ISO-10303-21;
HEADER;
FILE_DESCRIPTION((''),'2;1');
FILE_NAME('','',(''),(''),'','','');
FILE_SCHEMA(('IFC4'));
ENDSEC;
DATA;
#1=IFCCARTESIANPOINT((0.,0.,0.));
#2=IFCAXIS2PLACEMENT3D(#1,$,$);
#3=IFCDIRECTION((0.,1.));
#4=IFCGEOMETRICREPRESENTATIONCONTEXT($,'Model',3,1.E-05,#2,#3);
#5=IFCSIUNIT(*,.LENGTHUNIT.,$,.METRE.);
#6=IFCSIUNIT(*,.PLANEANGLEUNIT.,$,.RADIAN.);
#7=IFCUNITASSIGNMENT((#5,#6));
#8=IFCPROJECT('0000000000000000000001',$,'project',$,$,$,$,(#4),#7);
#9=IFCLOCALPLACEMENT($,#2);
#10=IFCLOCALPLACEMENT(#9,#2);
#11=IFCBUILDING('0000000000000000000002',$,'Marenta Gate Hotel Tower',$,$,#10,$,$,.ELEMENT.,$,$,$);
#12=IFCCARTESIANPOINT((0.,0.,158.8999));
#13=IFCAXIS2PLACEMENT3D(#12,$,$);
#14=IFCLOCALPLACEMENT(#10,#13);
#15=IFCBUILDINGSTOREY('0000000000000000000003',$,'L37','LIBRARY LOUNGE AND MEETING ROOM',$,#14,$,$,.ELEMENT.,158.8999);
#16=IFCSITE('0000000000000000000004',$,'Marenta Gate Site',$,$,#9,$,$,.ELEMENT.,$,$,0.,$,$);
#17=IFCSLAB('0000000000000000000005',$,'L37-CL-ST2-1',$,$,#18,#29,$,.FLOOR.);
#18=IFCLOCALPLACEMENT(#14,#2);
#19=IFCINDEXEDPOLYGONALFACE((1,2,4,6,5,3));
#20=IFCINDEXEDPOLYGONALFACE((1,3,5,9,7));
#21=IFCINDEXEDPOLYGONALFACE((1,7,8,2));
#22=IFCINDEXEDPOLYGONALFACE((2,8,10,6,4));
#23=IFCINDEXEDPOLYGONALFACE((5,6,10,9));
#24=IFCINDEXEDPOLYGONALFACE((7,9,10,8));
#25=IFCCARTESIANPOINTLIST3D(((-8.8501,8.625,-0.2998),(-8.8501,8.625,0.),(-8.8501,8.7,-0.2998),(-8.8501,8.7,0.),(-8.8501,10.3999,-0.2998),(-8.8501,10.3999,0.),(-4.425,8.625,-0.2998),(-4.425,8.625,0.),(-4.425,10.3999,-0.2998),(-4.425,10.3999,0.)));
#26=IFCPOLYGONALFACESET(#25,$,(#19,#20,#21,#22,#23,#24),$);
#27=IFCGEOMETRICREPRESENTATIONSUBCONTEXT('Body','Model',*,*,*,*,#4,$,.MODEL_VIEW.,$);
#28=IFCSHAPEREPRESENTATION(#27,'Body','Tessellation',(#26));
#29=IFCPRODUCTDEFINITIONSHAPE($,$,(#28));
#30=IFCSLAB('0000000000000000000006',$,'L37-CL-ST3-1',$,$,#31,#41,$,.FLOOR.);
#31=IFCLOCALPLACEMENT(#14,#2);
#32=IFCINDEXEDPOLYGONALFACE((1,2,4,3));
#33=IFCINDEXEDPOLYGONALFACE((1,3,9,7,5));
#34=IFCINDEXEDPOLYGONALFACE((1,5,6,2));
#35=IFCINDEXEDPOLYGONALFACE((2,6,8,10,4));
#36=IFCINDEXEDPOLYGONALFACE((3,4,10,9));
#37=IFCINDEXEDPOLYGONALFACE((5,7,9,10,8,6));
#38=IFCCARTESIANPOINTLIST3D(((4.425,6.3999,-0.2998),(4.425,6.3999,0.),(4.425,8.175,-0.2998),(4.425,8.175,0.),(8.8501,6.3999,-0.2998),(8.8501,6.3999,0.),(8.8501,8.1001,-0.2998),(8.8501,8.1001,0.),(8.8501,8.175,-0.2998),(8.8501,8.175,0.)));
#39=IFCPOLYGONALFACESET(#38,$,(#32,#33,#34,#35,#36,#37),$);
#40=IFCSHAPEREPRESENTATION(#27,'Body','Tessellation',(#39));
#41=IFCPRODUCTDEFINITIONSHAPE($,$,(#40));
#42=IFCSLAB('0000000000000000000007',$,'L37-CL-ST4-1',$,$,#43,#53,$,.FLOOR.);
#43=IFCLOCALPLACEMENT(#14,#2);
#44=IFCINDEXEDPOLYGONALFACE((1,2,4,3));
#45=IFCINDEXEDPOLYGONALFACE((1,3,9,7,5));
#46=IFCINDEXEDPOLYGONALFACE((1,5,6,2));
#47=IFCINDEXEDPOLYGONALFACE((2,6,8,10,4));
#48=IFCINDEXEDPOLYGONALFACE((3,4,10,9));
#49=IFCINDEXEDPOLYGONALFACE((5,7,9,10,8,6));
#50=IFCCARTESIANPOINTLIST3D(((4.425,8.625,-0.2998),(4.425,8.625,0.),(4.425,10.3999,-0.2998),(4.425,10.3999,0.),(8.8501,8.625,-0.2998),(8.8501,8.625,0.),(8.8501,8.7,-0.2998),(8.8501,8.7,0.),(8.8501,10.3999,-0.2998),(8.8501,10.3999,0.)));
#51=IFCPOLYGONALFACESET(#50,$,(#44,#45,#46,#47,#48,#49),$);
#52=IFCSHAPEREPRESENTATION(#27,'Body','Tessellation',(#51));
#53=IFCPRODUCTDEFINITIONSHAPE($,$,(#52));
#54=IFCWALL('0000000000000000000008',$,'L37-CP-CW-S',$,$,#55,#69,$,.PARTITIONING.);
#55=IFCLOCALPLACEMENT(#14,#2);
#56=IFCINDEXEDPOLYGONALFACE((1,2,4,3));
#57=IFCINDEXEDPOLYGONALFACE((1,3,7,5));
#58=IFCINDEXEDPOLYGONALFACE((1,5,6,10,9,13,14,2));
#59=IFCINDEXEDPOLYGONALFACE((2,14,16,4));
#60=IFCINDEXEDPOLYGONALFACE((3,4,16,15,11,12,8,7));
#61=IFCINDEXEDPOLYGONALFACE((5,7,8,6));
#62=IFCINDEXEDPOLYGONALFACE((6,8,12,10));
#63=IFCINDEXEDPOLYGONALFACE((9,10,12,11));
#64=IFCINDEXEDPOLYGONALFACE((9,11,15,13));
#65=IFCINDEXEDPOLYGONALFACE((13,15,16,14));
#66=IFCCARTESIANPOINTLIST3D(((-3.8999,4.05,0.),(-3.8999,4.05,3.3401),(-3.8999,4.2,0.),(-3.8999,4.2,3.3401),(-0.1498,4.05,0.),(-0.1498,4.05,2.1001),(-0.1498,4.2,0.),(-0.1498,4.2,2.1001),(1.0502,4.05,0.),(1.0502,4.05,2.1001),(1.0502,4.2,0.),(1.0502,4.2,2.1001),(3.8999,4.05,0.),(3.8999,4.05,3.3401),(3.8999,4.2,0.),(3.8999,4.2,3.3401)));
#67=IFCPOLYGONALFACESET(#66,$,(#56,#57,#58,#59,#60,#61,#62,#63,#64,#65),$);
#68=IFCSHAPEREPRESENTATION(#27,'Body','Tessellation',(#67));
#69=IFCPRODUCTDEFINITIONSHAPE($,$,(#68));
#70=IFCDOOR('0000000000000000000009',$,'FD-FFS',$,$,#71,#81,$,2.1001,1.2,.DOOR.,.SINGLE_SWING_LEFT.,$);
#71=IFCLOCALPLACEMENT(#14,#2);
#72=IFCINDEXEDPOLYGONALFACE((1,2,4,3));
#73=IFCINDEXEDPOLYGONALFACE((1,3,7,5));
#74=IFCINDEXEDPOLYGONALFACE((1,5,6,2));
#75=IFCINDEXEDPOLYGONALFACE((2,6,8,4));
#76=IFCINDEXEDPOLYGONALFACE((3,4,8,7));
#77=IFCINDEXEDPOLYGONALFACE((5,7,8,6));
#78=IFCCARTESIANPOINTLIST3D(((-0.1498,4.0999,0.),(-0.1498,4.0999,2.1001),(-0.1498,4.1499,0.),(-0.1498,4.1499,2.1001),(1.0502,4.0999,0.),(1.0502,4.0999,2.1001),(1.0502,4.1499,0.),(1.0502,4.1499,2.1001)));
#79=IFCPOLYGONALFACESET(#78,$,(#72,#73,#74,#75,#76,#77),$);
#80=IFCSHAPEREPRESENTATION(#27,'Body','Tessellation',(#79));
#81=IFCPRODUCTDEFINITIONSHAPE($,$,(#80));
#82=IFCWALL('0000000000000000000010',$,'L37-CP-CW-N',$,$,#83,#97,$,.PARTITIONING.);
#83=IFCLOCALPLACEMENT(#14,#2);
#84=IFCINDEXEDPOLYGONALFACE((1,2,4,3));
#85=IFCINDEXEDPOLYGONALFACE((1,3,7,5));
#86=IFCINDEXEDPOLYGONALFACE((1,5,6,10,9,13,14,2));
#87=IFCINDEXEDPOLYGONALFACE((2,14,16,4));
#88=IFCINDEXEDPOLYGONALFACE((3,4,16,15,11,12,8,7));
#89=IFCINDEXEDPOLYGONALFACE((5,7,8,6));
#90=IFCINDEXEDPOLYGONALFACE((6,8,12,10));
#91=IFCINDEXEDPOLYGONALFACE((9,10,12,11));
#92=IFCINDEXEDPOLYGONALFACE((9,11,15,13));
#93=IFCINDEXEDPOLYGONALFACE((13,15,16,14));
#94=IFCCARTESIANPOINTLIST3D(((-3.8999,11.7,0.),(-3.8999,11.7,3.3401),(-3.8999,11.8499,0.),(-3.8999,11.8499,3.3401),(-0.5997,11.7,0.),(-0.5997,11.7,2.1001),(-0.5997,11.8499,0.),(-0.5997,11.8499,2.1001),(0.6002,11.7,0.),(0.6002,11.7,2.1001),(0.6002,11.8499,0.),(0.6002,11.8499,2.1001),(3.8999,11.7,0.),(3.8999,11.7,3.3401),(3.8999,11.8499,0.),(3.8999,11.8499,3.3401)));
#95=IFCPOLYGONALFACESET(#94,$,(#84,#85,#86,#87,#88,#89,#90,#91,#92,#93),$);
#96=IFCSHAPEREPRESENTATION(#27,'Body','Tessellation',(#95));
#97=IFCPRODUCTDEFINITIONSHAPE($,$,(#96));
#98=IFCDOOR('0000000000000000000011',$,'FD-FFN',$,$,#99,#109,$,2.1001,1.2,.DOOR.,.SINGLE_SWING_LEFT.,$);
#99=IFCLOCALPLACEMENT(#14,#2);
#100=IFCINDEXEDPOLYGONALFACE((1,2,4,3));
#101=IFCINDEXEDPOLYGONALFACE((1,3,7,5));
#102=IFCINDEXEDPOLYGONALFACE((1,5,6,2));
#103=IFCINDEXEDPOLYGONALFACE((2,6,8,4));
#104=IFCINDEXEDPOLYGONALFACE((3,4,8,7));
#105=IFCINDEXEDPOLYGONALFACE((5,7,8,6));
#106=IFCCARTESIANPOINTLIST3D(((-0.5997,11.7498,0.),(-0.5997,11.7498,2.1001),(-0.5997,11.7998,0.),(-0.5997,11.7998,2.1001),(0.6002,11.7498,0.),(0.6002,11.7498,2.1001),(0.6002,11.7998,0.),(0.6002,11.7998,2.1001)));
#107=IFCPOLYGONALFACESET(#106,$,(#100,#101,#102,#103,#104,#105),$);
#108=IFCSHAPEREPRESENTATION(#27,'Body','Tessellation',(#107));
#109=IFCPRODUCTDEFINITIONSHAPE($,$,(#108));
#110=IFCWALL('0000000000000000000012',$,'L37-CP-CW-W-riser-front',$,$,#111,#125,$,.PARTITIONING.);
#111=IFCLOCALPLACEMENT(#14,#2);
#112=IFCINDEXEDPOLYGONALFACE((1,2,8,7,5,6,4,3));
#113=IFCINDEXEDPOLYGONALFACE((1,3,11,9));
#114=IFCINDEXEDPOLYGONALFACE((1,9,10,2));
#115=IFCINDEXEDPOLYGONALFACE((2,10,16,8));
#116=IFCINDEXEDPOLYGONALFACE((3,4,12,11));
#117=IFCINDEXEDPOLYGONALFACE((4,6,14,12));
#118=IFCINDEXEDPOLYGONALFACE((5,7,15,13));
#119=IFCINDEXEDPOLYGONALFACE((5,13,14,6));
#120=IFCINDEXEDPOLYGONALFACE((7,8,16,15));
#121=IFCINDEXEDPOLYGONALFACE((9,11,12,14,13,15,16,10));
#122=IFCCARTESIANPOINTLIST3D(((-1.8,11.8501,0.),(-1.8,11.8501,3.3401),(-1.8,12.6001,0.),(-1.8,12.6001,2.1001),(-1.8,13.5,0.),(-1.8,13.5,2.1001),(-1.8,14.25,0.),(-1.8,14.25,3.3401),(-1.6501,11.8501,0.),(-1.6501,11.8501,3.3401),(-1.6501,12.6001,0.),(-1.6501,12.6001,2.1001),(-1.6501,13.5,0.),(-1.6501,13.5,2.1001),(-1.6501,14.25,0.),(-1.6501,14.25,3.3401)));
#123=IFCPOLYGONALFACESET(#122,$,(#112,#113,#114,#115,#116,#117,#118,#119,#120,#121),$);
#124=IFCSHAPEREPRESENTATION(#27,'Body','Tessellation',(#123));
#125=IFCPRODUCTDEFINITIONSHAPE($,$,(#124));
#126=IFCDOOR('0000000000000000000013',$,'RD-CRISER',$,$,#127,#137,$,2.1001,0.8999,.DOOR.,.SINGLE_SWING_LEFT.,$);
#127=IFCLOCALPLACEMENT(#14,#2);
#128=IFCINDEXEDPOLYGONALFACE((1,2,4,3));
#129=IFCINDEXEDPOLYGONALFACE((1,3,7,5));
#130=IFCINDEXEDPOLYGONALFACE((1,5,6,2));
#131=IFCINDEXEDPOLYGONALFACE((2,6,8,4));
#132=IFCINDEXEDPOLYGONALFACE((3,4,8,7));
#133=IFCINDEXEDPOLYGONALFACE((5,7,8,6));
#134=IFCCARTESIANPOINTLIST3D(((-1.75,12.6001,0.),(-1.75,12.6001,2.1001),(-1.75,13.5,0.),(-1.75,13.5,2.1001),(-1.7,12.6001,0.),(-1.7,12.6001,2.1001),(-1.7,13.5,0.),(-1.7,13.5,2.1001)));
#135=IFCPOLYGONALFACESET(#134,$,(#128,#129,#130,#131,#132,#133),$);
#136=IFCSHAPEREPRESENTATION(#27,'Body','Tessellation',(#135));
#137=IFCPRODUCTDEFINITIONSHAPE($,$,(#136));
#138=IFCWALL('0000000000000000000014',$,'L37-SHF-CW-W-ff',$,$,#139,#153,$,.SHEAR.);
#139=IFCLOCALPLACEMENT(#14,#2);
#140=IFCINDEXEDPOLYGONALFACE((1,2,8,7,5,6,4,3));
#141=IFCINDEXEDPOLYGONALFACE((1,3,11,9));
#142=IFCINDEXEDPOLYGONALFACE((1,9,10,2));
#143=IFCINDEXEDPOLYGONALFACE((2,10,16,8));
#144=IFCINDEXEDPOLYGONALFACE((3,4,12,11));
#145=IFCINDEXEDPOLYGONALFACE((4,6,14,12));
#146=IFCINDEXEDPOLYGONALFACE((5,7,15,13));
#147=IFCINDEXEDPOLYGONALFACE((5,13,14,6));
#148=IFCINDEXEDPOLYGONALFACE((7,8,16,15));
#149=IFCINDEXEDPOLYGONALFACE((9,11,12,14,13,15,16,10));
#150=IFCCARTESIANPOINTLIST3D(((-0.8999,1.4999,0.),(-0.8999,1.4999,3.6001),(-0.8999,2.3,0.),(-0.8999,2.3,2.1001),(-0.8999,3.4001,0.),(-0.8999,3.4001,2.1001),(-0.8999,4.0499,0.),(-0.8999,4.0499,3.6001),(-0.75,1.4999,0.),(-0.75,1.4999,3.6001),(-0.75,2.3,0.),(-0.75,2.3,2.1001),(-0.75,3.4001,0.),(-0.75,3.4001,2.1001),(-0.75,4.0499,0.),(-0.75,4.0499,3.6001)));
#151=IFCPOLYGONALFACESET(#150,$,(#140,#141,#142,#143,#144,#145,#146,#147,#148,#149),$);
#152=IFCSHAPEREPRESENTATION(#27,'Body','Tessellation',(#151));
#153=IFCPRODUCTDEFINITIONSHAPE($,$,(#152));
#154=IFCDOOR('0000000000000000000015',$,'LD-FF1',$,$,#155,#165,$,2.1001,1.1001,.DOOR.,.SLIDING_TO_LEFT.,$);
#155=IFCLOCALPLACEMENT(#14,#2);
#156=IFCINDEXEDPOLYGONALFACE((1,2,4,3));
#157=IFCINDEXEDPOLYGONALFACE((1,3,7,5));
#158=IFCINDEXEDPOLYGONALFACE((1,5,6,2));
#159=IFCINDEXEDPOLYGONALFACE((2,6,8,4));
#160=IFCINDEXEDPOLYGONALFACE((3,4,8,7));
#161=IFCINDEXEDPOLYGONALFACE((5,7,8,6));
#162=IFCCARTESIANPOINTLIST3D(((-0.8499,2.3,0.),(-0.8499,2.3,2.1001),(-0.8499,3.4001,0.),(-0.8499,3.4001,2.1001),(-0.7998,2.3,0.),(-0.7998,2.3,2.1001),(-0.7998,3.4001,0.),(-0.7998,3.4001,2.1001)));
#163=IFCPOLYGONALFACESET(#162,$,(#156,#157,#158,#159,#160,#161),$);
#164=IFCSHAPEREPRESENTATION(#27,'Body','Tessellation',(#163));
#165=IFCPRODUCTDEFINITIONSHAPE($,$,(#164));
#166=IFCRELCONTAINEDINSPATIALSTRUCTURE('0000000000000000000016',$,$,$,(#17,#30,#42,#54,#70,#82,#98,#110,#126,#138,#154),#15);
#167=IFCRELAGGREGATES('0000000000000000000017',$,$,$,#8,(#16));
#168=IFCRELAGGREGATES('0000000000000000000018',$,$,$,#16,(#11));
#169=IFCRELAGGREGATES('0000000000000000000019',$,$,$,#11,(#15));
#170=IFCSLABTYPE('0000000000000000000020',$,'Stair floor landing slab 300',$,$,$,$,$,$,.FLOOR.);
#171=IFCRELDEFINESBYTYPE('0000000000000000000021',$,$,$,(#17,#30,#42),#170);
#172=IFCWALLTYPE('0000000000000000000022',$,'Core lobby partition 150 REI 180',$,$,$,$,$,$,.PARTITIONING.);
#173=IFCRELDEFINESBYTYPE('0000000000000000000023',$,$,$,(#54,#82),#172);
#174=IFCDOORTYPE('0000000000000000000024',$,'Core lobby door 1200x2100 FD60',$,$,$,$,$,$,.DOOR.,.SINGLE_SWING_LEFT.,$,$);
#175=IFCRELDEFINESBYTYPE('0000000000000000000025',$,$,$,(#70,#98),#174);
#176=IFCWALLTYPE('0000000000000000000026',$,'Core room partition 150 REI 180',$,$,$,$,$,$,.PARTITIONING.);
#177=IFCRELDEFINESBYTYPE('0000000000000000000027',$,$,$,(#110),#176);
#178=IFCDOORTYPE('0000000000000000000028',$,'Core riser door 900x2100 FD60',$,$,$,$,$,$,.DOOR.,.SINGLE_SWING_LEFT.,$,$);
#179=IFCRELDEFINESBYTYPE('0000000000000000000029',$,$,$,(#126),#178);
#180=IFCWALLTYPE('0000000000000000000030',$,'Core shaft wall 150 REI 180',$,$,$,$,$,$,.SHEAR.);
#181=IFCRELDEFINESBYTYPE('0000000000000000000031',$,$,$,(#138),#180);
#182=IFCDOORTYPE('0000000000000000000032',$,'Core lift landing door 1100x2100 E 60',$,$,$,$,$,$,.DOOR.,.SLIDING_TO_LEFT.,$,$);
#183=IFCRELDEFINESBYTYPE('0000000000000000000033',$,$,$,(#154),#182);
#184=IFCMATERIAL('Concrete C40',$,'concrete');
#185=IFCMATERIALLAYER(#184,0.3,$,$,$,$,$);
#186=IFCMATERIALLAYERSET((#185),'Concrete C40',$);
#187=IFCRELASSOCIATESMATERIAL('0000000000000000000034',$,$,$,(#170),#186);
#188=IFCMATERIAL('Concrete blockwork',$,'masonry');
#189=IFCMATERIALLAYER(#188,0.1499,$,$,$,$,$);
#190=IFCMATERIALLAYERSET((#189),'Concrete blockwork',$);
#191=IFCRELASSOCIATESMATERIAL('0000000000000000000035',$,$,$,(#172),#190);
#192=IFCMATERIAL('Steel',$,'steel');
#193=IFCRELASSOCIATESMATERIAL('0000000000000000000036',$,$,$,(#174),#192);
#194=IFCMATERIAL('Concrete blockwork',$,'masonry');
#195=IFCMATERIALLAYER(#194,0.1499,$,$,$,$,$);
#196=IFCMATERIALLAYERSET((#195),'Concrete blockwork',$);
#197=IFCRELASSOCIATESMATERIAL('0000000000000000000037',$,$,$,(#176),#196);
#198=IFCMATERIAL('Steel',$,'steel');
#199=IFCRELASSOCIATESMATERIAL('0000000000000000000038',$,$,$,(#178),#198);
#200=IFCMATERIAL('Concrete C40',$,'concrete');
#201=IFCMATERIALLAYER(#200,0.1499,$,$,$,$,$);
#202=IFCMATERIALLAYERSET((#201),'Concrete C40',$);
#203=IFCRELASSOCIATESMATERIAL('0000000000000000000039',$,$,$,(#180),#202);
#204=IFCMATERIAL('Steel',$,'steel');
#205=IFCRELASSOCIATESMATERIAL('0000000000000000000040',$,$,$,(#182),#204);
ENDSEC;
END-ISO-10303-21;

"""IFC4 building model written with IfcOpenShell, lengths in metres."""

from ifc_helpers import new_model, si_unit, direction, frame, frame_2d, origin, place, context, subcontext, project, spatial, polyline, rectangle, outline, extrude, material, layer, layer_set, type_object, element, fill, save


model = new_model("IFC4")

# Units and contexts
model_context = context("Model", 3, precision=1e-05, world=origin(), true_north=direction((0.0, 1.0)))
body_context = subcontext(model_context, "Body", "Model", "MODEL_VIEW")
ifc_project = project(units=[si_unit("LENGTHUNIT", "METRE"), si_unit("PLANEANGLEUNIT", "RADIAN")], contexts=[model_context])

# Site, building, storey
site_placement = place(None, origin())
site = spatial("IfcSite", under=ifc_project, at=site_placement, Name="Marenta Gate Site", CompositionType="ELEMENT", RefElevation=0.0)
building_placement = place(site_placement, origin())
building = spatial("IfcBuilding", under=site, at=building_placement, Name="Marenta Gate Hotel Tower", CompositionType="ELEMENT")
storey_placement = place(building_placement, frame((0.0, 0.0, 158.8999)))
storey = spatial("IfcBuildingStorey", under=building, at=storey_placement, Name="L37", Description="LIBRARY LOUNGE AND MEETING ROOM", CompositionType="ELEMENT", Elevation=158.8999)

# Slabs
ifc_material_1 = material(Name="Concrete C40", Category="concrete")
ifc_layer_1 = layer(ifc_material_1, 0.3)
ifc_layer_set_1 = layer_set([ifc_layer_1], Name="Concrete C40")
slab_type_1 = type_object("IfcSlabType", Name="Stair floor landing slab 300", PredefinedType="FLOOR", material=ifc_layer_set_1)
slab_1_placement = place(storey_placement, frame((0.0, 0.0, -0.2998)))
element("IfcSlab", 1, at=slab_1_placement, inside=storey, type_object=slab_type_1, Name="L37-CL-ST2-1", PredefinedType="FLOOR", context=body_context, shape_type="SweptSolid", body=[
    extrude(outline(polyline([(-4.425, 8.625), (-8.8501, 8.625), (-8.8501, 8.7), (-8.8501, 10.3999), (-4.425, 10.3999), (-4.425, 8.625)])), origin(), (0.0, 0.0, 1.0), 0.2998),
])
slab_2_placement = place(storey_placement, frame((0.0, 0.0, -0.2998)))
element("IfcSlab", 2, at=slab_2_placement, inside=storey, type_object=slab_type_1, Name="L37-CL-ST3-1", PredefinedType="FLOOR", context=body_context, shape_type="SweptSolid", body=[
    extrude(outline(polyline([(4.425, 6.3999), (4.425, 8.175), (8.8501, 8.175), (8.8501, 8.1001), (8.8501, 6.3999), (4.425, 6.3999)])), origin(), (0.0, 0.0, 1.0), 0.2998),
])
slab_3_placement = place(storey_placement, frame((0.0, 0.0, -0.2998)))
element("IfcSlab", 3, at=slab_3_placement, inside=storey, type_object=slab_type_1, Name="L37-CL-ST4-1", PredefinedType="FLOOR", context=body_context, shape_type="SweptSolid", body=[
    extrude(outline(polyline([(4.425, 8.625), (4.425, 10.3999), (8.8501, 10.3999), (8.8501, 8.7), (8.8501, 8.625), (4.425, 8.625)])), origin(), (0.0, 0.0, 1.0), 0.2998),
])

# Walls, openings, doors
ifc_material_2 = material(Name="Concrete blockwork", Category="masonry")
ifc_layer_2 = layer(ifc_material_2, 0.1499)
ifc_layer_set_2 = layer_set([ifc_layer_2], Name="Concrete blockwork")
wall_type_1 = type_object("IfcWallType", Name="Core lobby partition 150 REI 180", PredefinedType="PARTITIONING", material=ifc_layer_set_2)
wall_1_placement = place(storey_placement, frame((-3.8999, 4.125, 0.0), z_axis=(0.0, 0.0, 1.0), x_axis=(1.0, 0.0, 0.0)))
wall_1 = element("IfcWall", 4, at=wall_1_placement, inside=storey, type_object=wall_type_1, Name="L37-CP-CW-S", PredefinedType="PARTITIONING", context=body_context, shape_type="SweptSolid", body=[
    extrude(rectangle(XDim=7.7998, YDim=0.1499, at=frame_2d((3.8999, 0.0))), origin(), (0.0, 0.0, 1.0), 3.3401),
])
opening_1_placement = place(wall_1_placement, frame((3.75, 0.0, 0.0)))
opening_1 = element("IfcOpeningElement", 5, at=opening_1_placement, cuts=wall_1, PredefinedType="OPENING", context=body_context, shape_type="SweptSolid", body=[
    extrude(rectangle(XDim=1.2, YDim=2.1001, at=frame_2d((0.6001, 1.05))), frame((0.0, 0.075, 0.0), z_axis=(0.0, -1.0, 0.0), x_axis=(1.0, 0.0, 0.0)), (0.0, 0.0, 1.0), 0.1499),
])
ifc_material_3 = material(Name="Steel", Category="steel")
door_type_1 = type_object("IfcDoorType", Name="Core lobby door 1200x2100 FD60", OperationType="SINGLE_SWING_LEFT", PredefinedType="DOOR", material=ifc_material_3)
door_1_placement = place(opening_1_placement, origin())
door_1 = element("IfcDoor", 6, at=door_1_placement, inside=storey, type_object=door_type_1, Name="FD-FFS", OperationType="SINGLE_SWING_LEFT", OverallHeight=2.1001, OverallWidth=1.2, PredefinedType="DOOR", context=body_context, shape_type="SweptSolid", body=[
    extrude(rectangle(XDim=1.2, YDim=2.1001, at=frame_2d((0.6001, 1.05))), frame((0.0, 0.0249, 0.0), z_axis=(0.0, -1.0, 0.0), x_axis=(1.0, 0.0, 0.0)), (0.0, 0.0, 1.0), 0.05),
])
fill(opening_1, door_1)
wall_2_placement = place(storey_placement, frame((-3.8999, 11.7749, 0.0), z_axis=(0.0, 0.0, 1.0), x_axis=(1.0, 0.0, 0.0)))
wall_2 = element("IfcWall", 7, at=wall_2_placement, inside=storey, type_object=wall_type_1, Name="L37-CP-CW-N", PredefinedType="PARTITIONING", context=body_context, shape_type="SweptSolid", body=[
    extrude(rectangle(XDim=7.7998, YDim=0.1499, at=frame_2d((3.8999, 0.0))), origin(), (0.0, 0.0, 1.0), 3.3401),
])
opening_2_placement = place(wall_2_placement, frame((3.3, 0.0, 0.0)))
opening_2 = element("IfcOpeningElement", 8, at=opening_2_placement, cuts=wall_2, PredefinedType="OPENING", context=body_context, shape_type="SweptSolid", body=[
    extrude(rectangle(XDim=1.2, YDim=2.1001, at=frame_2d((0.6001, 1.05))), frame((0.0, 0.075, 0.0), z_axis=(0.0, -1.0, 0.0), x_axis=(1.0, 0.0, 0.0)), (0.0, 0.0, 1.0), 0.1499),
])
door_2_placement = place(opening_2_placement, origin())
door_2 = element("IfcDoor", 9, at=door_2_placement, inside=storey, type_object=door_type_1, Name="FD-FFN", OperationType="SINGLE_SWING_LEFT", OverallHeight=2.1001, OverallWidth=1.2, PredefinedType="DOOR", context=body_context, shape_type="SweptSolid", body=[
    extrude(rectangle(XDim=1.2, YDim=2.1001, at=frame_2d((0.6001, 1.05))), frame((0.0, 0.0249, 0.0), z_axis=(0.0, -1.0, 0.0), x_axis=(1.0, 0.0, 0.0)), (0.0, 0.0, 1.0), 0.05),
])
fill(opening_2, door_2)
ifc_material_4 = material(Name="Concrete blockwork", Category="masonry")
ifc_layer_3 = layer(ifc_material_4, 0.1499)
ifc_layer_set_3 = layer_set([ifc_layer_3], Name="Concrete blockwork")
wall_type_2 = type_object("IfcWallType", Name="Core room partition 150 REI 180", PredefinedType="PARTITIONING", material=ifc_layer_set_3)
wall_3_placement = place(storey_placement, frame((-1.7251, 11.8501, 0.0), z_axis=(0.0, 0.0, 1.0), x_axis=(0.0, 1.0, 0.0)))
wall_3 = element("IfcWall", 10, at=wall_3_placement, inside=storey, type_object=wall_type_2, Name="L37-CP-CW-W-riser-front", PredefinedType="PARTITIONING", context=body_context, shape_type="SweptSolid", body=[
    extrude(rectangle(XDim=2.3999, YDim=0.1499, at=frame_2d((1.2, 0.0))), origin(), (0.0, 0.0, 1.0), 3.3401),
])
opening_3_placement = place(wall_3_placement, frame((0.75, 0.0, 0.0)))
opening_3 = element("IfcOpeningElement", 11, at=opening_3_placement, cuts=wall_3, PredefinedType="OPENING", context=body_context, shape_type="SweptSolid", body=[
    extrude(rectangle(XDim=0.8999, YDim=2.1001, at=frame_2d((0.45, 1.05))), frame((0.0, 0.075, 0.0), z_axis=(0.0, -1.0, 0.0), x_axis=(1.0, 0.0, 0.0)), (0.0, 0.0, 1.0), 0.1499),
])
ifc_material_5 = material(Name="Steel", Category="steel")
door_type_2 = type_object("IfcDoorType", Name="Core riser door 900x2100 FD60", OperationType="SINGLE_SWING_LEFT", PredefinedType="DOOR", material=ifc_material_5)
door_3_placement = place(opening_3_placement, origin())
door_3 = element("IfcDoor", 12, at=door_3_placement, inside=storey, type_object=door_type_2, Name="RD-CRISER", OperationType="SINGLE_SWING_LEFT", OverallHeight=2.1001, OverallWidth=0.8999, PredefinedType="DOOR", context=body_context, shape_type="SweptSolid", body=[
    extrude(rectangle(XDim=0.8999, YDim=2.1001, at=frame_2d((0.45, 1.05))), frame((0.0, 0.0249, 0.0), z_axis=(0.0, -1.0, 0.0), x_axis=(1.0, 0.0, 0.0)), (0.0, 0.0, 1.0), 0.05),
])
fill(opening_3, door_3)
ifc_material_6 = material(Name="Concrete C40", Category="concrete")
ifc_layer_4 = layer(ifc_material_6, 0.1499)
ifc_layer_set_4 = layer_set([ifc_layer_4], Name="Concrete C40")
wall_type_3 = type_object("IfcWallType", Name="Core shaft wall 150 REI 180", PredefinedType="SHEAR", material=ifc_layer_set_4)
wall_4_placement = place(storey_placement, frame((-0.825, 1.5, 0.0), z_axis=(0.0, 0.0, 1.0), x_axis=(0.0, 1.0, 0.0)))
wall_4 = element("IfcWall", 13, at=wall_4_placement, inside=storey, type_object=wall_type_3, Name="L37-SHF-CW-W-ff", PredefinedType="SHEAR", context=body_context, shape_type="SweptSolid", body=[
    extrude(rectangle(XDim=2.55, YDim=0.1499, at=frame_2d((1.2749, 0.0))), origin(), (0.0, 0.0, 1.0), 3.6001),
])
opening_4_placement = place(wall_4_placement, frame((0.8, 0.0, 0.0)))
opening_4 = element("IfcOpeningElement", 14, at=opening_4_placement, cuts=wall_4, PredefinedType="OPENING", context=body_context, shape_type="SweptSolid", body=[
    extrude(rectangle(XDim=1.1001, YDim=2.1001, at=frame_2d((0.55, 1.05))), frame((0.0, 0.075, 0.0), z_axis=(0.0, -1.0, 0.0), x_axis=(1.0, 0.0, 0.0)), (0.0, 0.0, 1.0), 0.1499),
])
ifc_material_7 = material(Name="Steel", Category="steel")
door_type_3 = type_object("IfcDoorType", Name="Core lift landing door 1100x2100 E 60", OperationType="SLIDING_TO_LEFT", PredefinedType="DOOR", material=ifc_material_7)
door_4_placement = place(opening_4_placement, origin())
door_4 = element("IfcDoor", 15, at=door_4_placement, inside=storey, type_object=door_type_3, Name="LD-FF1", OperationType="SLIDING_TO_LEFT", OverallHeight=2.1001, OverallWidth=1.1001, PredefinedType="DOOR", context=body_context, shape_type="SweptSolid", body=[
    extrude(rectangle(XDim=1.1001, YDim=2.1001, at=frame_2d((0.55, 1.05))), frame((0.0, 0.0249, 0.0), z_axis=(0.0, -1.0, 0.0), x_axis=(1.0, 0.0, 0.0)), (0.0, 0.0, 1.0), 0.05),
])
fill(opening_4, door_4)

save(model, "model.ifc")
